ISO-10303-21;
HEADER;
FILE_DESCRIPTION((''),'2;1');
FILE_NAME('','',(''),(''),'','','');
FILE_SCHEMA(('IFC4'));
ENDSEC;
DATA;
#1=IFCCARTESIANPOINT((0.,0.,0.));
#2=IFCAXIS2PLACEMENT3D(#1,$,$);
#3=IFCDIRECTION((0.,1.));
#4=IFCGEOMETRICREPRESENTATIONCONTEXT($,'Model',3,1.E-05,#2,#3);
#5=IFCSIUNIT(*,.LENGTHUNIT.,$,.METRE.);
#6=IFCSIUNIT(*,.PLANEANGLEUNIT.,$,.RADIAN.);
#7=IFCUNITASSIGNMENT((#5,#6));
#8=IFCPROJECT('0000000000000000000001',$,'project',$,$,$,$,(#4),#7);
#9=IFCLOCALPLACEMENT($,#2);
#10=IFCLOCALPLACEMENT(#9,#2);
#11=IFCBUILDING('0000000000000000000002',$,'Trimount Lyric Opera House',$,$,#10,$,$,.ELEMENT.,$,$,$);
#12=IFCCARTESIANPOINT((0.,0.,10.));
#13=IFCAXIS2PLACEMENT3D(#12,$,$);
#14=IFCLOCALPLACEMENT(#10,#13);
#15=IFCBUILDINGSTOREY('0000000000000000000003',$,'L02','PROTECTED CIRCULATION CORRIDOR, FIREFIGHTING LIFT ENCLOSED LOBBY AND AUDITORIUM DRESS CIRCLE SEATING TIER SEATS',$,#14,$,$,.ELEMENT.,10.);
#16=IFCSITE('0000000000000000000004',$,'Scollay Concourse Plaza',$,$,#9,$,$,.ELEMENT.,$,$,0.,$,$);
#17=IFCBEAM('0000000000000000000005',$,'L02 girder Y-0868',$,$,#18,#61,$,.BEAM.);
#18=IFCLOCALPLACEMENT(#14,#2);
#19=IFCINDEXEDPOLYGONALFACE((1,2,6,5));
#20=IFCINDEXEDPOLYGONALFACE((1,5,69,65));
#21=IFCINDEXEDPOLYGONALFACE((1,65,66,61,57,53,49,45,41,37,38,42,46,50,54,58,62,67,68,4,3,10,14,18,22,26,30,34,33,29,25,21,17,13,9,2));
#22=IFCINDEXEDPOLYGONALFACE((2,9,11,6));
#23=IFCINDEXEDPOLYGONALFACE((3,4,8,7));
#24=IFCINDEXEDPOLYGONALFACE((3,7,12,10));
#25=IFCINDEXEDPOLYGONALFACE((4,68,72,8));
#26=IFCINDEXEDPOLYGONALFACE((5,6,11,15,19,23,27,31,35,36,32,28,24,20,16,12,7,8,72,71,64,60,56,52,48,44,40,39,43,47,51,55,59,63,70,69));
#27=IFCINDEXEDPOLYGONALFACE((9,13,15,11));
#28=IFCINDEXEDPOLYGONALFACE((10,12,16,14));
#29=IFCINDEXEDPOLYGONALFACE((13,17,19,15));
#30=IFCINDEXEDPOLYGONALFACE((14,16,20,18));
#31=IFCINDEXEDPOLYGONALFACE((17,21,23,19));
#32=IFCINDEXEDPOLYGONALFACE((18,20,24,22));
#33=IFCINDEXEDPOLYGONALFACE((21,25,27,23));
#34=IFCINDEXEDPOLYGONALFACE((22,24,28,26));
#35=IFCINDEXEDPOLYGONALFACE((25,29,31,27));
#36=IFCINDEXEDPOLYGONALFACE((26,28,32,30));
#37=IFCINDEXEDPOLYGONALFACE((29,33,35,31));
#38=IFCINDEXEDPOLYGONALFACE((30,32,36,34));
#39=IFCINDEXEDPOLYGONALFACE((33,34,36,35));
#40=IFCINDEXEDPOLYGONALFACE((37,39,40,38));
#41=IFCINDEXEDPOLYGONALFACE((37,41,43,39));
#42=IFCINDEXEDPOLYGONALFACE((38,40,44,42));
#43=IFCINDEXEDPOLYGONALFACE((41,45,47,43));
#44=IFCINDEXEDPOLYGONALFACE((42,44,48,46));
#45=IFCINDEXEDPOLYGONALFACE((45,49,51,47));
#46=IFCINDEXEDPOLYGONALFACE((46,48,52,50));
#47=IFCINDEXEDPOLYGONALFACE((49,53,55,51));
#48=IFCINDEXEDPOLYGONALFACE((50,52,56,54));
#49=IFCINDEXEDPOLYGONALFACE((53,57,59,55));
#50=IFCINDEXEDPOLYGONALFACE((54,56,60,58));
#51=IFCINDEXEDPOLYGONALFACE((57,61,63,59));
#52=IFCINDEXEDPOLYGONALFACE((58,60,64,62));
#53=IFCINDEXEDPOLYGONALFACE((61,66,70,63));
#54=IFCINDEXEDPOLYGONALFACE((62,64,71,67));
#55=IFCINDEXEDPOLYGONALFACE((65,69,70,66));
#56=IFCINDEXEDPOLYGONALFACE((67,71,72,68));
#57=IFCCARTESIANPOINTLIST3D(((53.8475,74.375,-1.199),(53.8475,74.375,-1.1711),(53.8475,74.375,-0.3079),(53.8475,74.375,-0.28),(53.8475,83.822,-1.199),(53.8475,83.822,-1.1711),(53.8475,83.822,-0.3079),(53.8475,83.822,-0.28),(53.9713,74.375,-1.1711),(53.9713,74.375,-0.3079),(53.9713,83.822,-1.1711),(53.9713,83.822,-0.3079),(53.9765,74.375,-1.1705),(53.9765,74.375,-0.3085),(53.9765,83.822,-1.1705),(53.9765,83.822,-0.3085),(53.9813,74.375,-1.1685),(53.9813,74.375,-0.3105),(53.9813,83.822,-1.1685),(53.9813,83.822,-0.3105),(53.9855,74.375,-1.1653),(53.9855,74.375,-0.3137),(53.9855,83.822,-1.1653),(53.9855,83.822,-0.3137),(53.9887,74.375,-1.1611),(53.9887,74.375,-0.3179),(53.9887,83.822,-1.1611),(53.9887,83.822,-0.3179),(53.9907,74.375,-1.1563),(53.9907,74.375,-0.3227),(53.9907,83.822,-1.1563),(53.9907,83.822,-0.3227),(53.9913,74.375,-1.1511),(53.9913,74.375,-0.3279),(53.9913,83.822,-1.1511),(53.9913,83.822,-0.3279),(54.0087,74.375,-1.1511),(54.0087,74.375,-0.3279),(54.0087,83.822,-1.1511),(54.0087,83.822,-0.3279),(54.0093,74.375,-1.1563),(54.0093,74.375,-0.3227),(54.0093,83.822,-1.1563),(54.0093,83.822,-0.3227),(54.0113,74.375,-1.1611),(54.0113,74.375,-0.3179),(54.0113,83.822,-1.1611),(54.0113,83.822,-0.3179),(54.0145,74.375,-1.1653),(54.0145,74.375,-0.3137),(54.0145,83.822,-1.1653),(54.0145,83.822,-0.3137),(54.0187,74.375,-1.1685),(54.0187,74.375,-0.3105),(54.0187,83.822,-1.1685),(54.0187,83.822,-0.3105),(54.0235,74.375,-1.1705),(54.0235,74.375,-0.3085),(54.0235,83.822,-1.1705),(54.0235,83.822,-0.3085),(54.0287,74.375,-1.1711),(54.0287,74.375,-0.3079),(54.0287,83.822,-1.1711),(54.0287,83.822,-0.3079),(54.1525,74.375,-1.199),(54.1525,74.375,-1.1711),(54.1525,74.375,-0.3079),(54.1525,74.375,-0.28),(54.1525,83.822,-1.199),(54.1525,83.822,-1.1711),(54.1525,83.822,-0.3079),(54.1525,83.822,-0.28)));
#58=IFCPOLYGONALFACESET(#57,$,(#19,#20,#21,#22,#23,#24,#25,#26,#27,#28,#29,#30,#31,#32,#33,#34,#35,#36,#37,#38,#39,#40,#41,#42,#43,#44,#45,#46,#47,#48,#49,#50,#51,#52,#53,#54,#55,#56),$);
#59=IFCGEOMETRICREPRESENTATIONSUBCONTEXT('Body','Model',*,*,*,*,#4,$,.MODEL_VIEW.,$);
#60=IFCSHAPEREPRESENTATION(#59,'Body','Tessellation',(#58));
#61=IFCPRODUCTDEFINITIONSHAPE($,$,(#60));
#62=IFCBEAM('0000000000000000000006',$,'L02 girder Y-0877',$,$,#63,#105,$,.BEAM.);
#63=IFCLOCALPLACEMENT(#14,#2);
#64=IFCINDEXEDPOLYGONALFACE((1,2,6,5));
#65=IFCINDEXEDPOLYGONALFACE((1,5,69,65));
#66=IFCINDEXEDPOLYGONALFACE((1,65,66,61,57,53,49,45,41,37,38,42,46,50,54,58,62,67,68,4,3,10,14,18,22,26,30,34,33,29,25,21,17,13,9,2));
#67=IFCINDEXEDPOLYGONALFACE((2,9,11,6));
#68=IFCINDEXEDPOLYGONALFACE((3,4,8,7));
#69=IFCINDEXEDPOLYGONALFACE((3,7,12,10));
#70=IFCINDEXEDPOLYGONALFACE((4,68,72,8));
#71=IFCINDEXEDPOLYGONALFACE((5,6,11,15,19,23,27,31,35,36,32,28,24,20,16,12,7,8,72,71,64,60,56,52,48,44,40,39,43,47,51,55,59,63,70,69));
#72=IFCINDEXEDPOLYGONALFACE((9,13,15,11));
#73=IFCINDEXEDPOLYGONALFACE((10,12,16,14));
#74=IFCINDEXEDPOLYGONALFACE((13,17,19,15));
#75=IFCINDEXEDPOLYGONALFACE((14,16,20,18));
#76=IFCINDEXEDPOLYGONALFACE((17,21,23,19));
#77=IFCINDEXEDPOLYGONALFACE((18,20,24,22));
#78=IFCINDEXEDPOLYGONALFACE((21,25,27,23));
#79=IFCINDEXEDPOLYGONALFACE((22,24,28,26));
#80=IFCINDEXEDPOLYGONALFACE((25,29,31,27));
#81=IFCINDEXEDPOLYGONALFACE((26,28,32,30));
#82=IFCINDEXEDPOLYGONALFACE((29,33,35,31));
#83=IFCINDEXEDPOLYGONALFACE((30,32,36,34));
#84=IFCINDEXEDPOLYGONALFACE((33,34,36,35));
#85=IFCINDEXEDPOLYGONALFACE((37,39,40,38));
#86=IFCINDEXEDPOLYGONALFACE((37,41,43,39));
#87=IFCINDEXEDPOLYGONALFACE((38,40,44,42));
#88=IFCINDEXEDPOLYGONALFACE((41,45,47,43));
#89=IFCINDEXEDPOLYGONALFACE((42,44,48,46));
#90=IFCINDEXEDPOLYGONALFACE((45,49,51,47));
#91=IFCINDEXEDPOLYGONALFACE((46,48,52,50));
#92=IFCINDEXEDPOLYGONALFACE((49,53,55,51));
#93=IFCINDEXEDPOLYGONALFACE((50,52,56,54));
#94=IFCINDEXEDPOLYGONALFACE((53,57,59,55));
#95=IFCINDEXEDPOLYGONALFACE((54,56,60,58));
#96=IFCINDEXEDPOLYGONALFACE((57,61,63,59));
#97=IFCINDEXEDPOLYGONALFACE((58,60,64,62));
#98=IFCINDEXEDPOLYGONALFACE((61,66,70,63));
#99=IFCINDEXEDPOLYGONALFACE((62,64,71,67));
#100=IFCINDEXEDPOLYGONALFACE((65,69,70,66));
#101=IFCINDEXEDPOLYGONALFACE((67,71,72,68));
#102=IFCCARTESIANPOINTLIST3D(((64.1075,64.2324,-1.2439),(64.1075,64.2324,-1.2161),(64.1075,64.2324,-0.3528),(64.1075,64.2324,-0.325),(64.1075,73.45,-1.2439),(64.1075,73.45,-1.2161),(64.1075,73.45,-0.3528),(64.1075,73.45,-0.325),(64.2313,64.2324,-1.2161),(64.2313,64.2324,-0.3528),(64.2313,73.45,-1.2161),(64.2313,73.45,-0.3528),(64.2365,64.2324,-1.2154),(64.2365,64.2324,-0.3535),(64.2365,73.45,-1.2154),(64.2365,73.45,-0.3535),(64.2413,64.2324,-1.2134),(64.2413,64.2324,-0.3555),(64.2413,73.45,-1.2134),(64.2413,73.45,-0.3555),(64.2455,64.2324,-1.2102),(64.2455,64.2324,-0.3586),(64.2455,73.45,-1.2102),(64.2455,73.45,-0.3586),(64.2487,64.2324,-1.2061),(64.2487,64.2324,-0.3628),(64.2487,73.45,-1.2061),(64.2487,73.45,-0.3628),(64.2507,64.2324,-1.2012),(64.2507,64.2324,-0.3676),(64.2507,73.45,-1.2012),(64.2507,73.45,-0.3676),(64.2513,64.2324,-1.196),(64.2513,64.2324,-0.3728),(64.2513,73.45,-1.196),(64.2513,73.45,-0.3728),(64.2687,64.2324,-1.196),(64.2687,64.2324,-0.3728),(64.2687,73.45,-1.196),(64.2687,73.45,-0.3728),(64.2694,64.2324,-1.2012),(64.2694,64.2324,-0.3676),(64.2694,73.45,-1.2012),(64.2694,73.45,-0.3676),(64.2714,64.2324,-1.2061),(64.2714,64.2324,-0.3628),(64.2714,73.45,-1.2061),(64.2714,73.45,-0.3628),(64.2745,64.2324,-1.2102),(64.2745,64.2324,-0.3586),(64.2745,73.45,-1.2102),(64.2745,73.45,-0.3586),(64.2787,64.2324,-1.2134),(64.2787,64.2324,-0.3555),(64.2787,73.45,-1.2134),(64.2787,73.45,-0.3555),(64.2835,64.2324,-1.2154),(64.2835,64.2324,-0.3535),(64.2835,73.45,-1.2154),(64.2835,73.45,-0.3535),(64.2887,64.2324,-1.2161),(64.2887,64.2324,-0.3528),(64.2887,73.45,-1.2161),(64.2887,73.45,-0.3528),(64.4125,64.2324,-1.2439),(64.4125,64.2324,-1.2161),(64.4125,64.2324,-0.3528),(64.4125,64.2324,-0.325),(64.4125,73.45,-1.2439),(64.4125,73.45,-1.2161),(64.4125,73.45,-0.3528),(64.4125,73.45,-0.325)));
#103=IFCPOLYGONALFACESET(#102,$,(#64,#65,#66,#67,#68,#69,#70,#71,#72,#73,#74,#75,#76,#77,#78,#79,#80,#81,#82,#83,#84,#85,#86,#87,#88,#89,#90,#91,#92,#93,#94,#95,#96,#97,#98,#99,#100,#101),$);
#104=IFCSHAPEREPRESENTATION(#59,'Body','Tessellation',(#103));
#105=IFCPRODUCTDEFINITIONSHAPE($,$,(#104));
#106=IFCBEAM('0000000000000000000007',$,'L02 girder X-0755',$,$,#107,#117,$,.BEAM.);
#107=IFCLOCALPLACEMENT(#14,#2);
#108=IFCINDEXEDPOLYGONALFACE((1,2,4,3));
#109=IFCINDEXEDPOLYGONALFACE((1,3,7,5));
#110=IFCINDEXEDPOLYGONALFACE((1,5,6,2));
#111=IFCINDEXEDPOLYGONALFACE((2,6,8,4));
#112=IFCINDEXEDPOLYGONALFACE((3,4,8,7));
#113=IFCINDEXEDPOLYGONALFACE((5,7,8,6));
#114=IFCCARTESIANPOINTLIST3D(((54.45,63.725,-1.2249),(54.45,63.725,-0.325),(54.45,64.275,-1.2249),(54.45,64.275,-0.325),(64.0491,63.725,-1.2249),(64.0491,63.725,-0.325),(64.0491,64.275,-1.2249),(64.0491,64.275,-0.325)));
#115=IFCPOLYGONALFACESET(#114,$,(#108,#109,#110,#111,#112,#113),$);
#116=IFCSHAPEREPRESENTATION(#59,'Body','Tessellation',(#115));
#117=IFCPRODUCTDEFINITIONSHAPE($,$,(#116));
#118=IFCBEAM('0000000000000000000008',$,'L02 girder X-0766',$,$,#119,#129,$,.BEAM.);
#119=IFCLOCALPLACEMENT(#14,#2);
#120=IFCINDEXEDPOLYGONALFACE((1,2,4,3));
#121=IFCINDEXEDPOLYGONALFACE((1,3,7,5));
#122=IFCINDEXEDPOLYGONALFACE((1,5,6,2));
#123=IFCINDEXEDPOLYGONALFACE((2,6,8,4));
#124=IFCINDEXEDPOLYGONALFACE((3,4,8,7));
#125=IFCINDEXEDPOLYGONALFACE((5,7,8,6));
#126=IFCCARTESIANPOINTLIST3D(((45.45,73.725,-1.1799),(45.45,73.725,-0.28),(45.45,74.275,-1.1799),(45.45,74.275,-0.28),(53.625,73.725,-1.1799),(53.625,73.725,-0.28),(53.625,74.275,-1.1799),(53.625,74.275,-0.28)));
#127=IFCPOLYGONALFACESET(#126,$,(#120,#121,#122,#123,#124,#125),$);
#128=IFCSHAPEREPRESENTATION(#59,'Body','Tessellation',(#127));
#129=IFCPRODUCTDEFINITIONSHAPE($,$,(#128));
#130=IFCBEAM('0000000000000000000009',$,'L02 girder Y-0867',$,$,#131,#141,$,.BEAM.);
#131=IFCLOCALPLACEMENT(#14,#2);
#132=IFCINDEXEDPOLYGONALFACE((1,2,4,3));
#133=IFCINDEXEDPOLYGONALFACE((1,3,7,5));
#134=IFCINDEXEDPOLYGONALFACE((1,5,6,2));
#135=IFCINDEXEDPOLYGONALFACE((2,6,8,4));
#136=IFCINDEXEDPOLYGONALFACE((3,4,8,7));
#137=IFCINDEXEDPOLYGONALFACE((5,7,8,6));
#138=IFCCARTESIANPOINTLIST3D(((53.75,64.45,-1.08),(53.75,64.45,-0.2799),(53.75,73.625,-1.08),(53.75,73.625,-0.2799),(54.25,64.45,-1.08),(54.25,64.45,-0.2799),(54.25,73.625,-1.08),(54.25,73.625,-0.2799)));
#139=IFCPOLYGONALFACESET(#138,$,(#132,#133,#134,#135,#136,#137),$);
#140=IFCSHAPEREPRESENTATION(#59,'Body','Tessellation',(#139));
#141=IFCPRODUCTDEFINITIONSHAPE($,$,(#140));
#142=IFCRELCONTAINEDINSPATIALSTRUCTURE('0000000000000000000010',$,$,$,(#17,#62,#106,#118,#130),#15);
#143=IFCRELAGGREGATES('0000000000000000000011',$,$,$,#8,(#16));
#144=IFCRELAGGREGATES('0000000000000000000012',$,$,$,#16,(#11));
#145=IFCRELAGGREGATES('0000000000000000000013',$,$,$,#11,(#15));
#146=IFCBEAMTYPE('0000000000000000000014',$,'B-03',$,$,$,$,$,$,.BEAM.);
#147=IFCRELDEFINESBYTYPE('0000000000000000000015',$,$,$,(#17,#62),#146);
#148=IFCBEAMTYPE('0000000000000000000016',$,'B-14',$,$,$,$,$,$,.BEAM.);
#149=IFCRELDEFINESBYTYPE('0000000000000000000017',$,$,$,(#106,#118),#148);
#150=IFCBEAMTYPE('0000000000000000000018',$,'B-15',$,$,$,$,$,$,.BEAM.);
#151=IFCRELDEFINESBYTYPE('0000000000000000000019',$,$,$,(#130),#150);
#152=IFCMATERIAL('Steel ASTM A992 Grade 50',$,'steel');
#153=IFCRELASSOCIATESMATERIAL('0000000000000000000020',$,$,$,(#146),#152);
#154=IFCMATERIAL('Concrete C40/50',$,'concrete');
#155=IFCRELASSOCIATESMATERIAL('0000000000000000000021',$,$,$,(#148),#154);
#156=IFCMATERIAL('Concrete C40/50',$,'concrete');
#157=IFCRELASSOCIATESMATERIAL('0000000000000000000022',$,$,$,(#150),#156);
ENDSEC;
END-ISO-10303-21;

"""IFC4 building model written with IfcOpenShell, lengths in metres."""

from ifc_helpers import new_model, si_unit, direction, frame, origin, origin_2d, place, context, subcontext, project, spatial, rectangle, i_section, extrude, material, material_profile, profile_set, type_object, element, save


model = new_model("IFC4")

# Units and contexts
model_context = context("Model", 3, precision=1e-05, world=origin(), true_north=direction((0.0, 1.0)))
body_context = subcontext(model_context, "Body", "Model", "MODEL_VIEW")
ifc_project = project(units=[si_unit("LENGTHUNIT", "METRE"), si_unit("PLANEANGLEUNIT", "RADIAN")], contexts=[model_context])

# Site, building, storey
site_placement = place(None, origin())
site = spatial("IfcSite", under=ifc_project, at=site_placement, Name="Scollay Concourse Plaza", CompositionType="ELEMENT", RefElevation=0.0)
building_placement = place(site_placement, origin())
building = spatial("IfcBuilding", under=site, at=building_placement, Name="Trimount Lyric Opera House", CompositionType="ELEMENT")
storey_placement = place(building_placement, frame((0.0, 0.0, 10.0)))
storey = spatial("IfcBuildingStorey", under=building, at=storey_placement, Name="L02", Description="PROTECTED CIRCULATION CORRIDOR, FIREFIGHTING LIFT ENCLOSED LOBBY AND AUDITORIUM DRESS CIRCLE SEATING TIER SEATS", CompositionType="ELEMENT", Elevation=10.0)

# Beams
ifc_material_1 = material(Name="Steel ASTM A992 Grade 50", Category="steel")
ifc_material_profile_1 = material_profile(ifc_material_1, i_section(OverallWidth=0.3049, OverallDepth=0.9189, WebThickness=0.0173, FlangeThickness=0.0278, FilletRadius=0.02, at=origin_2d()), Name="W36X170")
ifc_profile_set_1 = profile_set([ifc_material_profile_1], Name="Steel ASTM A992 Grade 50")
beam_type_1 = type_object("IfcBeamType", Name="B-03", PredefinedType="BEAM", material=ifc_profile_set_1)
beam_1_placement = place(storey_placement, frame((54.0, 74.375, -0.7395), z_axis=(0.0, 1.0, 0.0), x_axis=(-1.0, 0.0, 0.0)))
element("IfcBeam", 1, at=beam_1_placement, inside=storey, type_object=beam_type_1, Name="L02 girder Y-0868", PredefinedType="BEAM", context=body_context, shape_type="SweptSolid", body=[
    extrude(i_section(OverallWidth=0.3049, OverallDepth=0.9189, WebThickness=0.0173, FlangeThickness=0.0278, FilletRadius=0.02, at=origin_2d()), origin(), (0.0, 0.0, 1.0), 9.447),
])
beam_2_placement = place(storey_placement, frame((64.26, 64.2324, -0.7844), z_axis=(0.0, 1.0, 0.0), x_axis=(-1.0, 0.0, 0.0)))
element("IfcBeam", 2, at=beam_2_placement, inside=storey, type_object=beam_type_1, Name="L02 girder Y-0877", PredefinedType="BEAM", context=body_context, shape_type="SweptSolid", body=[
    extrude(i_section(OverallWidth=0.3049, OverallDepth=0.9189, WebThickness=0.0173, FlangeThickness=0.0278, FilletRadius=0.02, at=origin_2d()), origin(), (0.0, 0.0, 1.0), 9.2175),
])
ifc_material_2 = material(Name="Concrete C40/50", Category="concrete")
ifc_material_profile_2 = material_profile(ifc_material_2, rectangle(XDim=0.55, YDim=0.8999, at=origin_2d()), Name="RC550X900")
ifc_profile_set_2 = profile_set([ifc_material_profile_2], Name="Concrete C40/50")
beam_type_2 = type_object("IfcBeamType", Name="B-14", PredefinedType="BEAM", material=ifc_profile_set_2)
beam_3_placement = place(storey_placement, frame((54.45, 64.0, -0.7749), z_axis=(1.0, 0.0, 0.0), x_axis=(0.0, 1.0, 0.0)))
element("IfcBeam", 3, at=beam_3_placement, inside=storey, type_object=beam_type_2, Name="L02 girder X-0755", PredefinedType="BEAM", context=body_context, shape_type="SweptSolid", body=[
    extrude(rectangle(XDim=0.55, YDim=0.8999, at=origin_2d()), origin(), (0.0, 0.0, 1.0), 9.5991),
])
beam_4_placement = place(storey_placement, frame((45.45, 74.0, -0.73), z_axis=(1.0, 0.0, 0.0), x_axis=(0.0, 1.0, 0.0)))
element("IfcBeam", 4, at=beam_4_placement, inside=storey, type_object=beam_type_2, Name="L02 girder X-0766", PredefinedType="BEAM", context=body_context, shape_type="SweptSolid", body=[
    extrude(rectangle(XDim=0.55, YDim=0.8999, at=origin_2d()), origin(), (0.0, 0.0, 1.0), 8.175),
])
ifc_material_3 = material(Name="Concrete C40/50", Category="concrete")
ifc_material_profile_3 = material_profile(ifc_material_3, rectangle(XDim=0.5, YDim=0.8, at=origin_2d()), Name="RC500X800")
ifc_profile_set_3 = profile_set([ifc_material_profile_3], Name="Concrete C40/50")
beam_type_3 = type_object("IfcBeamType", Name="B-15", PredefinedType="BEAM", material=ifc_profile_set_3)
beam_5_placement = place(storey_placement, frame((54.0, 64.45, -0.6799), z_axis=(0.0, 1.0, 0.0), x_axis=(-1.0, 0.0, 0.0)))
element("IfcBeam", 5, at=beam_5_placement, inside=storey, type_object=beam_type_3, Name="L02 girder Y-0867", PredefinedType="BEAM", context=body_context, shape_type="SweptSolid", body=[
    extrude(rectangle(XDim=0.5, YDim=0.8, at=origin_2d()), origin(), (0.0, 0.0, 1.0), 9.175),
])

save(model, "model.ifc")
